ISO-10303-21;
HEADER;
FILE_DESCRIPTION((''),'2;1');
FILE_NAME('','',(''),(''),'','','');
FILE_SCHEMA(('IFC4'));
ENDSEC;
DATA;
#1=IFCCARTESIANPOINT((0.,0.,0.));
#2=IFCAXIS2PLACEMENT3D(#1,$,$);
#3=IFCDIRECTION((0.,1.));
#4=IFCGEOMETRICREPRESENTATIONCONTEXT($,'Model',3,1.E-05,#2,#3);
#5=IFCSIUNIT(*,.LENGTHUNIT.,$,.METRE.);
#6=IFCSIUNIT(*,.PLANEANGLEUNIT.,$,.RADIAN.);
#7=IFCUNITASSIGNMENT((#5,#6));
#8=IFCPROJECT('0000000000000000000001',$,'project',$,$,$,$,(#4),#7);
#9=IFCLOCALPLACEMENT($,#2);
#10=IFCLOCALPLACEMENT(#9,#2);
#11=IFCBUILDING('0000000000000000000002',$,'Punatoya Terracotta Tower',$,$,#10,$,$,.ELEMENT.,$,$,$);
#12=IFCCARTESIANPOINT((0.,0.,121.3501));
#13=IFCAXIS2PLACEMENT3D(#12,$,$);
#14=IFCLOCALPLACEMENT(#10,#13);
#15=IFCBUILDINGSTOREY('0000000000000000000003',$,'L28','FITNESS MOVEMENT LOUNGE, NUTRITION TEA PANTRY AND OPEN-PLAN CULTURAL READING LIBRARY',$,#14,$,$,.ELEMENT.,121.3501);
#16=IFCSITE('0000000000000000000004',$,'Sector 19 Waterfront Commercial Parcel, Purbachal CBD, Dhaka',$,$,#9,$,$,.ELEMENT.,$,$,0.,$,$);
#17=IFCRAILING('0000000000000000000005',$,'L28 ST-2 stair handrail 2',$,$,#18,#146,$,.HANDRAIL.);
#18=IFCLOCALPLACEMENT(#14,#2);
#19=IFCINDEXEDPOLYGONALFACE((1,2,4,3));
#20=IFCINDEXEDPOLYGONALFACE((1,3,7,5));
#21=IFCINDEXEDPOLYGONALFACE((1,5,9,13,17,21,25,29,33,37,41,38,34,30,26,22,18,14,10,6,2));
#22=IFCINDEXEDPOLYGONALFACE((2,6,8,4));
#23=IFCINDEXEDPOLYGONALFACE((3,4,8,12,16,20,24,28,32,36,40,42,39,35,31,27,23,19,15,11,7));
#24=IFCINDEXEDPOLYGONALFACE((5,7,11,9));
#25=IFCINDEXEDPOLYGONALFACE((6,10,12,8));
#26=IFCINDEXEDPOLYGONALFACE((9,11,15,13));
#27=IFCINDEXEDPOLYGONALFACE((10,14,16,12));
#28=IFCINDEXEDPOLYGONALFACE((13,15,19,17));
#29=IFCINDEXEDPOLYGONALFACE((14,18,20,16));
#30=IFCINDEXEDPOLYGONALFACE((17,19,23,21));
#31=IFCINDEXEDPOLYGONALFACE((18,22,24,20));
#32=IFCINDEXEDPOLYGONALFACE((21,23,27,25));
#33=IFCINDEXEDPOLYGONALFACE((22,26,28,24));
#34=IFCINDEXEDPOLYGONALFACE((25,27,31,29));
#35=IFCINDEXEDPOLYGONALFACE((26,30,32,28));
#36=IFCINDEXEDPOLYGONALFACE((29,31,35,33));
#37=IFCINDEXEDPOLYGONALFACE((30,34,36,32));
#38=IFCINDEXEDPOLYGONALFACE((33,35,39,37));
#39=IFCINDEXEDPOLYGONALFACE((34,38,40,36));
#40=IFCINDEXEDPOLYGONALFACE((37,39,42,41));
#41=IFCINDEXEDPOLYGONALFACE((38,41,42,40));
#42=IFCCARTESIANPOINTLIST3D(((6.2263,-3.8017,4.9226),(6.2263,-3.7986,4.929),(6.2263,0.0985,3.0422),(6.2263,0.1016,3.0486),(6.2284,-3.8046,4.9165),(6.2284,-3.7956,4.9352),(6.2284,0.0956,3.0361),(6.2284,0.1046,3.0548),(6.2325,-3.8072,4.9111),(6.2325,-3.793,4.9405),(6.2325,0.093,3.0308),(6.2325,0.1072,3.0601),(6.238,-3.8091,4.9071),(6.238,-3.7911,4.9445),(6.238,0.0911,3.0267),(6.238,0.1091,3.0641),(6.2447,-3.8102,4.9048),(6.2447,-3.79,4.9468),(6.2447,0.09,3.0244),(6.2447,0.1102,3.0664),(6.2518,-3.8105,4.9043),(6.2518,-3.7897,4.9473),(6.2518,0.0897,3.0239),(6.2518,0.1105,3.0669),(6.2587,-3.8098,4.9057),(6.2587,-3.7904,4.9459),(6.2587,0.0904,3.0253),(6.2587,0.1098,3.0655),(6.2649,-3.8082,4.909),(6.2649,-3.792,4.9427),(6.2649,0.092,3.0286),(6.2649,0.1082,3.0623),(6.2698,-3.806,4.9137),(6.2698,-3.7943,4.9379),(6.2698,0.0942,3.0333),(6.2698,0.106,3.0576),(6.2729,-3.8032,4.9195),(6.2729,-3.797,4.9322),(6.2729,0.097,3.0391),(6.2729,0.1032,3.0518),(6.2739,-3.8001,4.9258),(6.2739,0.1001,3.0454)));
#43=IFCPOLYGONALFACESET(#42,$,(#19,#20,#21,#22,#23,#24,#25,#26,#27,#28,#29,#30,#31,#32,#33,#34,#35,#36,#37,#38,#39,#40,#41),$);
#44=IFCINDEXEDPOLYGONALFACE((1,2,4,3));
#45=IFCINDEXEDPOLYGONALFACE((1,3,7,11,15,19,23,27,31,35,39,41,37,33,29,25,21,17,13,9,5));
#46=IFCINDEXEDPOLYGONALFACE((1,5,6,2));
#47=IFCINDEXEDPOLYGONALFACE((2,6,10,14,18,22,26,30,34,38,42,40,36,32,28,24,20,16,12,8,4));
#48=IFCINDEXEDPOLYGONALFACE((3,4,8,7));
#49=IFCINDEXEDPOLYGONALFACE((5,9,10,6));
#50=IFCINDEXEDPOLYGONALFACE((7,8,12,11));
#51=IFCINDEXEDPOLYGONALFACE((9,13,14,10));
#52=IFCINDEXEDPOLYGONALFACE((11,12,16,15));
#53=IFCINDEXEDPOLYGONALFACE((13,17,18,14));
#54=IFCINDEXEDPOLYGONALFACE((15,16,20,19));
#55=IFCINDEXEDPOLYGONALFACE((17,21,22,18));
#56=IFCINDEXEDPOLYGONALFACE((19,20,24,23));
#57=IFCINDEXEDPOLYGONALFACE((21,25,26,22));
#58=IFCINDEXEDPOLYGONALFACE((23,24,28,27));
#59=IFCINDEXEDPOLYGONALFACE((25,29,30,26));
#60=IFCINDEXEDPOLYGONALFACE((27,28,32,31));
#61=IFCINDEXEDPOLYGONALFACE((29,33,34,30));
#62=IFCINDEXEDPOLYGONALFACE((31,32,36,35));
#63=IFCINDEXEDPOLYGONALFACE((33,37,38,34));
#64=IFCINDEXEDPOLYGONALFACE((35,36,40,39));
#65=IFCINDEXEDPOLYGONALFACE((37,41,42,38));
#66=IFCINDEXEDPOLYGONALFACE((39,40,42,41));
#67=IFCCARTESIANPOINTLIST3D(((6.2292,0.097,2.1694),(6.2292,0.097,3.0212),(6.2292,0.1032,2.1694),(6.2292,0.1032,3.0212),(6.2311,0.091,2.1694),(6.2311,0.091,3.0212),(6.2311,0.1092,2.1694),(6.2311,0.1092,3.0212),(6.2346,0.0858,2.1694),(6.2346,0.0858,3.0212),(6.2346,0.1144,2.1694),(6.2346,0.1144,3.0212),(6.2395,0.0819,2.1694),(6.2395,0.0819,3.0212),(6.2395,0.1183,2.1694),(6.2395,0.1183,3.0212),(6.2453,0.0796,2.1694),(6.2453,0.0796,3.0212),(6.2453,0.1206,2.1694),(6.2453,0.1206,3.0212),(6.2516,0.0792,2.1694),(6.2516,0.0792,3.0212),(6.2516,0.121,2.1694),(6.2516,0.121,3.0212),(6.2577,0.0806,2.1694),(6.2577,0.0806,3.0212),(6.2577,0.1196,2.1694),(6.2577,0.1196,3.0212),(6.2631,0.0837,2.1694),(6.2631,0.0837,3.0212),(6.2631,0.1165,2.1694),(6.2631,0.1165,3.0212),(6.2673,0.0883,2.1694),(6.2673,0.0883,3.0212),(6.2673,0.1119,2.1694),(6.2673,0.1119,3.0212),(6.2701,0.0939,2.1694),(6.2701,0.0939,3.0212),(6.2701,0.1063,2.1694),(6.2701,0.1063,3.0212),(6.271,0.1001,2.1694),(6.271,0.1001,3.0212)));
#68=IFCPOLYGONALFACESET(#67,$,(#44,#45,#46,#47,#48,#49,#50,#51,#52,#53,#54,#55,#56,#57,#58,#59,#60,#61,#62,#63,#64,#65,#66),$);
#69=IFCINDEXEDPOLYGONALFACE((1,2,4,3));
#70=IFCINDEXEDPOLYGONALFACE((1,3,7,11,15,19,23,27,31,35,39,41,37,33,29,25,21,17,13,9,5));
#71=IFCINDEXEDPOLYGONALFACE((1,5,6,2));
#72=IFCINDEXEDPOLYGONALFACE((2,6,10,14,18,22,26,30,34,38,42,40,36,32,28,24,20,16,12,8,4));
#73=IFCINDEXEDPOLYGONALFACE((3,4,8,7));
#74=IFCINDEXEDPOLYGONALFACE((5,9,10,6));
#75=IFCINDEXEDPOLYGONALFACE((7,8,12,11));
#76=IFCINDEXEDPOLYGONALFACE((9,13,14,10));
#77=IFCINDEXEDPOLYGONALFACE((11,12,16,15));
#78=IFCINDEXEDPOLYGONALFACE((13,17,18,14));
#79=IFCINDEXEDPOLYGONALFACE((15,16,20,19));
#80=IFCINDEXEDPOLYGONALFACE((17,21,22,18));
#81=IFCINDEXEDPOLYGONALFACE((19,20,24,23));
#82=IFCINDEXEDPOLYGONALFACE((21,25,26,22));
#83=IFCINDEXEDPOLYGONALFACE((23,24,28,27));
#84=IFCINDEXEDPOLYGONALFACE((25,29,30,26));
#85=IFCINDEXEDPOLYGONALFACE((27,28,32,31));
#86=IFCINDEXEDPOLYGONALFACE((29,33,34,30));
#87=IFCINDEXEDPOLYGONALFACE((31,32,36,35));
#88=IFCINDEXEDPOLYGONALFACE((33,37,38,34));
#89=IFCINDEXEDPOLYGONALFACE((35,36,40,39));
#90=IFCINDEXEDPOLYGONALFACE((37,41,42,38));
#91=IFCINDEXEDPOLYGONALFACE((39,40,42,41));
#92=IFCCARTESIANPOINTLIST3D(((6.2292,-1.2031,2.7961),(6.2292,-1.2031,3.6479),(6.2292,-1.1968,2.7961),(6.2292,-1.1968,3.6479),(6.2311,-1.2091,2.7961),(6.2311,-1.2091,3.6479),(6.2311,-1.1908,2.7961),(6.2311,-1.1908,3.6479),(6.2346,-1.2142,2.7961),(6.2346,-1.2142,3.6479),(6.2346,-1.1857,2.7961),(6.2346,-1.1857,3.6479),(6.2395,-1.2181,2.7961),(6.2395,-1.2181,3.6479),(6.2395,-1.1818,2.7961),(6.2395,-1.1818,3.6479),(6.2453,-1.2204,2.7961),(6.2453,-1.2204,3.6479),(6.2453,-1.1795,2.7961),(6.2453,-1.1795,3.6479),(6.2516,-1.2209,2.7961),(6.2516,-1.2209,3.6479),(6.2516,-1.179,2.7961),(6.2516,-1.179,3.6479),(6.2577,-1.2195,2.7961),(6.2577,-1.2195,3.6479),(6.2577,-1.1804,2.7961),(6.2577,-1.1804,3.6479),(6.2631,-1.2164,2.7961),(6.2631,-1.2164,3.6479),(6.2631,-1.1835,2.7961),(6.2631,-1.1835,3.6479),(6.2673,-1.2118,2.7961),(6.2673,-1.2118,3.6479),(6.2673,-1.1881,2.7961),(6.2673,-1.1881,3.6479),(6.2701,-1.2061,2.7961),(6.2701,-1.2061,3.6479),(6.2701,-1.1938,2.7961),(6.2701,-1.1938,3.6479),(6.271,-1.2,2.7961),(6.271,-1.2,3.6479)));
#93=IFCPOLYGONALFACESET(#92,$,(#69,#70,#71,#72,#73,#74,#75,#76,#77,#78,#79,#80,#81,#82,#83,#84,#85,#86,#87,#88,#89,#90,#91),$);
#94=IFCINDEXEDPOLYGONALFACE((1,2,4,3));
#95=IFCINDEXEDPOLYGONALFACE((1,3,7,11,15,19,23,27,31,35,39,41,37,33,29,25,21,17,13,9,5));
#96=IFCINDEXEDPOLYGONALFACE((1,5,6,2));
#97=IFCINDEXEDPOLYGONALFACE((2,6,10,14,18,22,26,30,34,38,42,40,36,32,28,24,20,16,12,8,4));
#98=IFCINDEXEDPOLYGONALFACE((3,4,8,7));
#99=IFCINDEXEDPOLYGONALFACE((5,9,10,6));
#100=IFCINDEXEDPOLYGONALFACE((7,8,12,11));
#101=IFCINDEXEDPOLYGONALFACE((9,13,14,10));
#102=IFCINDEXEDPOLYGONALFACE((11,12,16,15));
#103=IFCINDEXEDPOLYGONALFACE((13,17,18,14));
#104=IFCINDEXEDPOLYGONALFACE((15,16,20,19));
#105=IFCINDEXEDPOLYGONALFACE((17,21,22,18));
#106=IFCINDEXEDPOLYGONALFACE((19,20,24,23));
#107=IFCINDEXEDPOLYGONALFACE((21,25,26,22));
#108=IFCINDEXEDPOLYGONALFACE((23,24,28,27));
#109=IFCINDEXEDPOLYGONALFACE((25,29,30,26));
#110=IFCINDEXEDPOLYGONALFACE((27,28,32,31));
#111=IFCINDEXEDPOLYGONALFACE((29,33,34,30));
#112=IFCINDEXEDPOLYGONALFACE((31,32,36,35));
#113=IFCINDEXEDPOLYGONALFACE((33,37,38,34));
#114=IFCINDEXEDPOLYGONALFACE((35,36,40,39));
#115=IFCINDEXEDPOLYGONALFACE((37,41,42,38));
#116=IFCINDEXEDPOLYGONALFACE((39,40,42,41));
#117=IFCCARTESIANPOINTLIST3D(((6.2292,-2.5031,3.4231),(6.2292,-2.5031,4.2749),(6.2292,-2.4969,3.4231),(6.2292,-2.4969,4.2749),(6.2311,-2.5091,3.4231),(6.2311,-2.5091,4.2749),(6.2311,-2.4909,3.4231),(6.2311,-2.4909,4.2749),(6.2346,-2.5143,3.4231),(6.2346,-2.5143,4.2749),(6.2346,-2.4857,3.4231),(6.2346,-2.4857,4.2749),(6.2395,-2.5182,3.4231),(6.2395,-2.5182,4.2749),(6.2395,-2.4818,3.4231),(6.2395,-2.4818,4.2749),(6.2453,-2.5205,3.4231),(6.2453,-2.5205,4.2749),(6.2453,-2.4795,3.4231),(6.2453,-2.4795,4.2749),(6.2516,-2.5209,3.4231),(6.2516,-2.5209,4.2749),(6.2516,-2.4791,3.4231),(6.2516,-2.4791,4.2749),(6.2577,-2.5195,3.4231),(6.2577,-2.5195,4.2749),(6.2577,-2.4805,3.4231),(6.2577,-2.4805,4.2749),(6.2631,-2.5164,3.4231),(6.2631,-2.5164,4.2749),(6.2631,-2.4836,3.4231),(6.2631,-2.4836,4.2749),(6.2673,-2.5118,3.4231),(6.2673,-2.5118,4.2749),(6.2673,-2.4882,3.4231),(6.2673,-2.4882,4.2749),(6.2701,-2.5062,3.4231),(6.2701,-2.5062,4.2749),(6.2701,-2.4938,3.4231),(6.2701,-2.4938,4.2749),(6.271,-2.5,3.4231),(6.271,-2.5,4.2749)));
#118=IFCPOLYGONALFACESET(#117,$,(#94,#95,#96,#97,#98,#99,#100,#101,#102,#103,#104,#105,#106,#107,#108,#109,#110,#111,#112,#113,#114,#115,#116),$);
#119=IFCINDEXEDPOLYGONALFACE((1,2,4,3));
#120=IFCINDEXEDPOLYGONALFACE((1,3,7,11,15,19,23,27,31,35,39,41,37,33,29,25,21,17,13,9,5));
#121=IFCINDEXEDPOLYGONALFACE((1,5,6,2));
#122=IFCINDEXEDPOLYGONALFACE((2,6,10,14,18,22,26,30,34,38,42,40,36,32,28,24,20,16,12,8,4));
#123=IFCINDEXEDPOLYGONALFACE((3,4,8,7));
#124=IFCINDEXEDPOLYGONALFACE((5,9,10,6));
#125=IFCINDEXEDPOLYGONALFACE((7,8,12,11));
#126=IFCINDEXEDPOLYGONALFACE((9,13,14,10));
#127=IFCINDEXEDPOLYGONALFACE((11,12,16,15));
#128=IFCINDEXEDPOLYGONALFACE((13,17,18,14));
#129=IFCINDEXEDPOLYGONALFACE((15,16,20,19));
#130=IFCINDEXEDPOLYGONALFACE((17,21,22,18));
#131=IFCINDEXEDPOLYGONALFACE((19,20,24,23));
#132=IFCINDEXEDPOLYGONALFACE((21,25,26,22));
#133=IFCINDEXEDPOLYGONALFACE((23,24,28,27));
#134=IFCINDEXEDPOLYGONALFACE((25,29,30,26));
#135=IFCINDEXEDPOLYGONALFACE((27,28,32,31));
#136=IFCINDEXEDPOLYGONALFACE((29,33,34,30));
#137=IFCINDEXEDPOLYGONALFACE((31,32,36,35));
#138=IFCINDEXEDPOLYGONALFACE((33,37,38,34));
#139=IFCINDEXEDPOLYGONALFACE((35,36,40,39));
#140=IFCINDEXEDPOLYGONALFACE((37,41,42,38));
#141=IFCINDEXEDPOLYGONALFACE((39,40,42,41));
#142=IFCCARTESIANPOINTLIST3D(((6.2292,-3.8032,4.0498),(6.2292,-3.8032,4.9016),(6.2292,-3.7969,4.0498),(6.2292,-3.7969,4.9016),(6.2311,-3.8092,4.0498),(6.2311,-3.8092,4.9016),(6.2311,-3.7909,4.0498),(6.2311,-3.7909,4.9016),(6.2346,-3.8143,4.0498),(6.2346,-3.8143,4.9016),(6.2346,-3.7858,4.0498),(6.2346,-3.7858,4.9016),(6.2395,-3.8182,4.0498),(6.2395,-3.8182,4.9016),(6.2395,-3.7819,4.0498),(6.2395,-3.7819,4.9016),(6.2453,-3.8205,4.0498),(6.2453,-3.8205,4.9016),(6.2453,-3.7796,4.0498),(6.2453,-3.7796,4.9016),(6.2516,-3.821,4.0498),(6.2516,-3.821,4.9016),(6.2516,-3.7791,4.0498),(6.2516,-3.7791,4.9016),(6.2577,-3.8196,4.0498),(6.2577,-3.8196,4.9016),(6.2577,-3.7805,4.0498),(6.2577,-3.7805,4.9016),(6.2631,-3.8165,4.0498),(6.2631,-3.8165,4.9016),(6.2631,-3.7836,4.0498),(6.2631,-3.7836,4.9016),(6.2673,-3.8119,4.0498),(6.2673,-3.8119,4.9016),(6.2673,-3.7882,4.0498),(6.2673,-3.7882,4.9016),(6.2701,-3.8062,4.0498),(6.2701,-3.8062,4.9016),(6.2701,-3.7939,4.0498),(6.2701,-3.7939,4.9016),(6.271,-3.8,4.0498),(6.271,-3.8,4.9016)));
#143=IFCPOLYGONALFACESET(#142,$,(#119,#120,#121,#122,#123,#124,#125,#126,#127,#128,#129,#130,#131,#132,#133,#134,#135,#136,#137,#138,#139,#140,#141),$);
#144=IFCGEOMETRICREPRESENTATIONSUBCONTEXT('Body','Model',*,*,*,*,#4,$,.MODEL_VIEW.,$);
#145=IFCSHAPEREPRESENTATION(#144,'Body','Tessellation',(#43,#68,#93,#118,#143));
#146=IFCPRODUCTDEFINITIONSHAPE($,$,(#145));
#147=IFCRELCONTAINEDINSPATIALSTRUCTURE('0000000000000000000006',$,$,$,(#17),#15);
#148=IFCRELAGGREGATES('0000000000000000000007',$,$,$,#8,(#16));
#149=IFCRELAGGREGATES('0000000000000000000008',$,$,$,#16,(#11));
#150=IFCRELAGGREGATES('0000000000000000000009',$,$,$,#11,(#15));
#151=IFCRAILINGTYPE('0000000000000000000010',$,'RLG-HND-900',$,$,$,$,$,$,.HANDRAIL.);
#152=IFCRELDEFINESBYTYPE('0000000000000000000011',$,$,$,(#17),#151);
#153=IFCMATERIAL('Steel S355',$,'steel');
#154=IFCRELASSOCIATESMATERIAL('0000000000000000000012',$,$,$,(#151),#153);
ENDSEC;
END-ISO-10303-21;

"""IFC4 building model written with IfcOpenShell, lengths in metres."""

from ifc_helpers import new_model, si_unit, direction, frame, origin, origin_2d, place, context, subcontext, project, spatial, circle, extrude, material, type_object, element, save


model = new_model("IFC4")

# Units and contexts
model_context = context("Model", 3, precision=1e-05, world=origin(), true_north=direction((0.0, 1.0)))
body_context = subcontext(model_context, "Body", "Model", "MODEL_VIEW")
ifc_project = project(units=[si_unit("LENGTHUNIT", "METRE"), si_unit("PLANEANGLEUNIT", "RADIAN")], contexts=[model_context])

# Site, building, storey
site_placement = place(None, origin())
site = spatial("IfcSite", under=ifc_project, at=site_placement, Name="Sector 19 Waterfront Commercial Parcel, Purbachal CBD, Dhaka", CompositionType="ELEMENT", RefElevation=0.0)
building_placement = place(site_placement, origin())
building = spatial("IfcBuilding", under=site, at=building_placement, Name="Punatoya Terracotta Tower", CompositionType="ELEMENT")
storey_placement = place(building_placement, frame((0.0, 0.0, 121.3501)))
storey = spatial("IfcBuildingStorey", under=building, at=storey_placement, Name="L28", Description="FITNESS MOVEMENT LOUNGE, NUTRITION TEA PANTRY AND OPEN-PLAN CULTURAL READING LIBRARY", CompositionType="ELEMENT", Elevation=121.3501)

# Shared definitions
ifc_material_1 = material(Name="Steel S355", Category="steel")

# Railing
railing_type_1 = type_object("IfcRailingType", Name="RLG-HND-900", PredefinedType="HANDRAIL", material=ifc_material_1)
railing_1_placement = place(storey_placement, frame((6.25, 0.1001, 2.1694)))
element("IfcRailing", 1, at=railing_1_placement, inside=storey, type_object=railing_type_1, Name="L28 ST-2 stair handrail 2", PredefinedType="HANDRAIL", context=body_context, shape_type="SweptSolid", body=[
    extrude(circle(Radius=0.0239, at=origin_2d()), frame((0.0, 0.0, 0.876), z_axis=(0.0, -0.900774, 0.434289), x_axis=(1.0, 0.0, 0.0)), (0.0, 0.0, 1.0), 4.3298),
    extrude(circle(Radius=0.021, at=origin_2d()), origin(), (0.0, 0.0, 1.0), 0.8518),
    extrude(circle(Radius=0.021, at=origin_2d()), frame((0.0, -1.3, 0.6267)), (0.0, 0.0, 1.0), 0.8518),
    extrude(circle(Radius=0.021, at=origin_2d()), frame((0.0, -2.6001, 1.2537)), (0.0, 0.0, 1.0), 0.8518),
    extrude(circle(Radius=0.021, at=origin_2d()), frame((0.0, -3.9001, 1.8804)), (0.0, 0.0, 1.0), 0.8518),
])

save(model, "model.ifc")
